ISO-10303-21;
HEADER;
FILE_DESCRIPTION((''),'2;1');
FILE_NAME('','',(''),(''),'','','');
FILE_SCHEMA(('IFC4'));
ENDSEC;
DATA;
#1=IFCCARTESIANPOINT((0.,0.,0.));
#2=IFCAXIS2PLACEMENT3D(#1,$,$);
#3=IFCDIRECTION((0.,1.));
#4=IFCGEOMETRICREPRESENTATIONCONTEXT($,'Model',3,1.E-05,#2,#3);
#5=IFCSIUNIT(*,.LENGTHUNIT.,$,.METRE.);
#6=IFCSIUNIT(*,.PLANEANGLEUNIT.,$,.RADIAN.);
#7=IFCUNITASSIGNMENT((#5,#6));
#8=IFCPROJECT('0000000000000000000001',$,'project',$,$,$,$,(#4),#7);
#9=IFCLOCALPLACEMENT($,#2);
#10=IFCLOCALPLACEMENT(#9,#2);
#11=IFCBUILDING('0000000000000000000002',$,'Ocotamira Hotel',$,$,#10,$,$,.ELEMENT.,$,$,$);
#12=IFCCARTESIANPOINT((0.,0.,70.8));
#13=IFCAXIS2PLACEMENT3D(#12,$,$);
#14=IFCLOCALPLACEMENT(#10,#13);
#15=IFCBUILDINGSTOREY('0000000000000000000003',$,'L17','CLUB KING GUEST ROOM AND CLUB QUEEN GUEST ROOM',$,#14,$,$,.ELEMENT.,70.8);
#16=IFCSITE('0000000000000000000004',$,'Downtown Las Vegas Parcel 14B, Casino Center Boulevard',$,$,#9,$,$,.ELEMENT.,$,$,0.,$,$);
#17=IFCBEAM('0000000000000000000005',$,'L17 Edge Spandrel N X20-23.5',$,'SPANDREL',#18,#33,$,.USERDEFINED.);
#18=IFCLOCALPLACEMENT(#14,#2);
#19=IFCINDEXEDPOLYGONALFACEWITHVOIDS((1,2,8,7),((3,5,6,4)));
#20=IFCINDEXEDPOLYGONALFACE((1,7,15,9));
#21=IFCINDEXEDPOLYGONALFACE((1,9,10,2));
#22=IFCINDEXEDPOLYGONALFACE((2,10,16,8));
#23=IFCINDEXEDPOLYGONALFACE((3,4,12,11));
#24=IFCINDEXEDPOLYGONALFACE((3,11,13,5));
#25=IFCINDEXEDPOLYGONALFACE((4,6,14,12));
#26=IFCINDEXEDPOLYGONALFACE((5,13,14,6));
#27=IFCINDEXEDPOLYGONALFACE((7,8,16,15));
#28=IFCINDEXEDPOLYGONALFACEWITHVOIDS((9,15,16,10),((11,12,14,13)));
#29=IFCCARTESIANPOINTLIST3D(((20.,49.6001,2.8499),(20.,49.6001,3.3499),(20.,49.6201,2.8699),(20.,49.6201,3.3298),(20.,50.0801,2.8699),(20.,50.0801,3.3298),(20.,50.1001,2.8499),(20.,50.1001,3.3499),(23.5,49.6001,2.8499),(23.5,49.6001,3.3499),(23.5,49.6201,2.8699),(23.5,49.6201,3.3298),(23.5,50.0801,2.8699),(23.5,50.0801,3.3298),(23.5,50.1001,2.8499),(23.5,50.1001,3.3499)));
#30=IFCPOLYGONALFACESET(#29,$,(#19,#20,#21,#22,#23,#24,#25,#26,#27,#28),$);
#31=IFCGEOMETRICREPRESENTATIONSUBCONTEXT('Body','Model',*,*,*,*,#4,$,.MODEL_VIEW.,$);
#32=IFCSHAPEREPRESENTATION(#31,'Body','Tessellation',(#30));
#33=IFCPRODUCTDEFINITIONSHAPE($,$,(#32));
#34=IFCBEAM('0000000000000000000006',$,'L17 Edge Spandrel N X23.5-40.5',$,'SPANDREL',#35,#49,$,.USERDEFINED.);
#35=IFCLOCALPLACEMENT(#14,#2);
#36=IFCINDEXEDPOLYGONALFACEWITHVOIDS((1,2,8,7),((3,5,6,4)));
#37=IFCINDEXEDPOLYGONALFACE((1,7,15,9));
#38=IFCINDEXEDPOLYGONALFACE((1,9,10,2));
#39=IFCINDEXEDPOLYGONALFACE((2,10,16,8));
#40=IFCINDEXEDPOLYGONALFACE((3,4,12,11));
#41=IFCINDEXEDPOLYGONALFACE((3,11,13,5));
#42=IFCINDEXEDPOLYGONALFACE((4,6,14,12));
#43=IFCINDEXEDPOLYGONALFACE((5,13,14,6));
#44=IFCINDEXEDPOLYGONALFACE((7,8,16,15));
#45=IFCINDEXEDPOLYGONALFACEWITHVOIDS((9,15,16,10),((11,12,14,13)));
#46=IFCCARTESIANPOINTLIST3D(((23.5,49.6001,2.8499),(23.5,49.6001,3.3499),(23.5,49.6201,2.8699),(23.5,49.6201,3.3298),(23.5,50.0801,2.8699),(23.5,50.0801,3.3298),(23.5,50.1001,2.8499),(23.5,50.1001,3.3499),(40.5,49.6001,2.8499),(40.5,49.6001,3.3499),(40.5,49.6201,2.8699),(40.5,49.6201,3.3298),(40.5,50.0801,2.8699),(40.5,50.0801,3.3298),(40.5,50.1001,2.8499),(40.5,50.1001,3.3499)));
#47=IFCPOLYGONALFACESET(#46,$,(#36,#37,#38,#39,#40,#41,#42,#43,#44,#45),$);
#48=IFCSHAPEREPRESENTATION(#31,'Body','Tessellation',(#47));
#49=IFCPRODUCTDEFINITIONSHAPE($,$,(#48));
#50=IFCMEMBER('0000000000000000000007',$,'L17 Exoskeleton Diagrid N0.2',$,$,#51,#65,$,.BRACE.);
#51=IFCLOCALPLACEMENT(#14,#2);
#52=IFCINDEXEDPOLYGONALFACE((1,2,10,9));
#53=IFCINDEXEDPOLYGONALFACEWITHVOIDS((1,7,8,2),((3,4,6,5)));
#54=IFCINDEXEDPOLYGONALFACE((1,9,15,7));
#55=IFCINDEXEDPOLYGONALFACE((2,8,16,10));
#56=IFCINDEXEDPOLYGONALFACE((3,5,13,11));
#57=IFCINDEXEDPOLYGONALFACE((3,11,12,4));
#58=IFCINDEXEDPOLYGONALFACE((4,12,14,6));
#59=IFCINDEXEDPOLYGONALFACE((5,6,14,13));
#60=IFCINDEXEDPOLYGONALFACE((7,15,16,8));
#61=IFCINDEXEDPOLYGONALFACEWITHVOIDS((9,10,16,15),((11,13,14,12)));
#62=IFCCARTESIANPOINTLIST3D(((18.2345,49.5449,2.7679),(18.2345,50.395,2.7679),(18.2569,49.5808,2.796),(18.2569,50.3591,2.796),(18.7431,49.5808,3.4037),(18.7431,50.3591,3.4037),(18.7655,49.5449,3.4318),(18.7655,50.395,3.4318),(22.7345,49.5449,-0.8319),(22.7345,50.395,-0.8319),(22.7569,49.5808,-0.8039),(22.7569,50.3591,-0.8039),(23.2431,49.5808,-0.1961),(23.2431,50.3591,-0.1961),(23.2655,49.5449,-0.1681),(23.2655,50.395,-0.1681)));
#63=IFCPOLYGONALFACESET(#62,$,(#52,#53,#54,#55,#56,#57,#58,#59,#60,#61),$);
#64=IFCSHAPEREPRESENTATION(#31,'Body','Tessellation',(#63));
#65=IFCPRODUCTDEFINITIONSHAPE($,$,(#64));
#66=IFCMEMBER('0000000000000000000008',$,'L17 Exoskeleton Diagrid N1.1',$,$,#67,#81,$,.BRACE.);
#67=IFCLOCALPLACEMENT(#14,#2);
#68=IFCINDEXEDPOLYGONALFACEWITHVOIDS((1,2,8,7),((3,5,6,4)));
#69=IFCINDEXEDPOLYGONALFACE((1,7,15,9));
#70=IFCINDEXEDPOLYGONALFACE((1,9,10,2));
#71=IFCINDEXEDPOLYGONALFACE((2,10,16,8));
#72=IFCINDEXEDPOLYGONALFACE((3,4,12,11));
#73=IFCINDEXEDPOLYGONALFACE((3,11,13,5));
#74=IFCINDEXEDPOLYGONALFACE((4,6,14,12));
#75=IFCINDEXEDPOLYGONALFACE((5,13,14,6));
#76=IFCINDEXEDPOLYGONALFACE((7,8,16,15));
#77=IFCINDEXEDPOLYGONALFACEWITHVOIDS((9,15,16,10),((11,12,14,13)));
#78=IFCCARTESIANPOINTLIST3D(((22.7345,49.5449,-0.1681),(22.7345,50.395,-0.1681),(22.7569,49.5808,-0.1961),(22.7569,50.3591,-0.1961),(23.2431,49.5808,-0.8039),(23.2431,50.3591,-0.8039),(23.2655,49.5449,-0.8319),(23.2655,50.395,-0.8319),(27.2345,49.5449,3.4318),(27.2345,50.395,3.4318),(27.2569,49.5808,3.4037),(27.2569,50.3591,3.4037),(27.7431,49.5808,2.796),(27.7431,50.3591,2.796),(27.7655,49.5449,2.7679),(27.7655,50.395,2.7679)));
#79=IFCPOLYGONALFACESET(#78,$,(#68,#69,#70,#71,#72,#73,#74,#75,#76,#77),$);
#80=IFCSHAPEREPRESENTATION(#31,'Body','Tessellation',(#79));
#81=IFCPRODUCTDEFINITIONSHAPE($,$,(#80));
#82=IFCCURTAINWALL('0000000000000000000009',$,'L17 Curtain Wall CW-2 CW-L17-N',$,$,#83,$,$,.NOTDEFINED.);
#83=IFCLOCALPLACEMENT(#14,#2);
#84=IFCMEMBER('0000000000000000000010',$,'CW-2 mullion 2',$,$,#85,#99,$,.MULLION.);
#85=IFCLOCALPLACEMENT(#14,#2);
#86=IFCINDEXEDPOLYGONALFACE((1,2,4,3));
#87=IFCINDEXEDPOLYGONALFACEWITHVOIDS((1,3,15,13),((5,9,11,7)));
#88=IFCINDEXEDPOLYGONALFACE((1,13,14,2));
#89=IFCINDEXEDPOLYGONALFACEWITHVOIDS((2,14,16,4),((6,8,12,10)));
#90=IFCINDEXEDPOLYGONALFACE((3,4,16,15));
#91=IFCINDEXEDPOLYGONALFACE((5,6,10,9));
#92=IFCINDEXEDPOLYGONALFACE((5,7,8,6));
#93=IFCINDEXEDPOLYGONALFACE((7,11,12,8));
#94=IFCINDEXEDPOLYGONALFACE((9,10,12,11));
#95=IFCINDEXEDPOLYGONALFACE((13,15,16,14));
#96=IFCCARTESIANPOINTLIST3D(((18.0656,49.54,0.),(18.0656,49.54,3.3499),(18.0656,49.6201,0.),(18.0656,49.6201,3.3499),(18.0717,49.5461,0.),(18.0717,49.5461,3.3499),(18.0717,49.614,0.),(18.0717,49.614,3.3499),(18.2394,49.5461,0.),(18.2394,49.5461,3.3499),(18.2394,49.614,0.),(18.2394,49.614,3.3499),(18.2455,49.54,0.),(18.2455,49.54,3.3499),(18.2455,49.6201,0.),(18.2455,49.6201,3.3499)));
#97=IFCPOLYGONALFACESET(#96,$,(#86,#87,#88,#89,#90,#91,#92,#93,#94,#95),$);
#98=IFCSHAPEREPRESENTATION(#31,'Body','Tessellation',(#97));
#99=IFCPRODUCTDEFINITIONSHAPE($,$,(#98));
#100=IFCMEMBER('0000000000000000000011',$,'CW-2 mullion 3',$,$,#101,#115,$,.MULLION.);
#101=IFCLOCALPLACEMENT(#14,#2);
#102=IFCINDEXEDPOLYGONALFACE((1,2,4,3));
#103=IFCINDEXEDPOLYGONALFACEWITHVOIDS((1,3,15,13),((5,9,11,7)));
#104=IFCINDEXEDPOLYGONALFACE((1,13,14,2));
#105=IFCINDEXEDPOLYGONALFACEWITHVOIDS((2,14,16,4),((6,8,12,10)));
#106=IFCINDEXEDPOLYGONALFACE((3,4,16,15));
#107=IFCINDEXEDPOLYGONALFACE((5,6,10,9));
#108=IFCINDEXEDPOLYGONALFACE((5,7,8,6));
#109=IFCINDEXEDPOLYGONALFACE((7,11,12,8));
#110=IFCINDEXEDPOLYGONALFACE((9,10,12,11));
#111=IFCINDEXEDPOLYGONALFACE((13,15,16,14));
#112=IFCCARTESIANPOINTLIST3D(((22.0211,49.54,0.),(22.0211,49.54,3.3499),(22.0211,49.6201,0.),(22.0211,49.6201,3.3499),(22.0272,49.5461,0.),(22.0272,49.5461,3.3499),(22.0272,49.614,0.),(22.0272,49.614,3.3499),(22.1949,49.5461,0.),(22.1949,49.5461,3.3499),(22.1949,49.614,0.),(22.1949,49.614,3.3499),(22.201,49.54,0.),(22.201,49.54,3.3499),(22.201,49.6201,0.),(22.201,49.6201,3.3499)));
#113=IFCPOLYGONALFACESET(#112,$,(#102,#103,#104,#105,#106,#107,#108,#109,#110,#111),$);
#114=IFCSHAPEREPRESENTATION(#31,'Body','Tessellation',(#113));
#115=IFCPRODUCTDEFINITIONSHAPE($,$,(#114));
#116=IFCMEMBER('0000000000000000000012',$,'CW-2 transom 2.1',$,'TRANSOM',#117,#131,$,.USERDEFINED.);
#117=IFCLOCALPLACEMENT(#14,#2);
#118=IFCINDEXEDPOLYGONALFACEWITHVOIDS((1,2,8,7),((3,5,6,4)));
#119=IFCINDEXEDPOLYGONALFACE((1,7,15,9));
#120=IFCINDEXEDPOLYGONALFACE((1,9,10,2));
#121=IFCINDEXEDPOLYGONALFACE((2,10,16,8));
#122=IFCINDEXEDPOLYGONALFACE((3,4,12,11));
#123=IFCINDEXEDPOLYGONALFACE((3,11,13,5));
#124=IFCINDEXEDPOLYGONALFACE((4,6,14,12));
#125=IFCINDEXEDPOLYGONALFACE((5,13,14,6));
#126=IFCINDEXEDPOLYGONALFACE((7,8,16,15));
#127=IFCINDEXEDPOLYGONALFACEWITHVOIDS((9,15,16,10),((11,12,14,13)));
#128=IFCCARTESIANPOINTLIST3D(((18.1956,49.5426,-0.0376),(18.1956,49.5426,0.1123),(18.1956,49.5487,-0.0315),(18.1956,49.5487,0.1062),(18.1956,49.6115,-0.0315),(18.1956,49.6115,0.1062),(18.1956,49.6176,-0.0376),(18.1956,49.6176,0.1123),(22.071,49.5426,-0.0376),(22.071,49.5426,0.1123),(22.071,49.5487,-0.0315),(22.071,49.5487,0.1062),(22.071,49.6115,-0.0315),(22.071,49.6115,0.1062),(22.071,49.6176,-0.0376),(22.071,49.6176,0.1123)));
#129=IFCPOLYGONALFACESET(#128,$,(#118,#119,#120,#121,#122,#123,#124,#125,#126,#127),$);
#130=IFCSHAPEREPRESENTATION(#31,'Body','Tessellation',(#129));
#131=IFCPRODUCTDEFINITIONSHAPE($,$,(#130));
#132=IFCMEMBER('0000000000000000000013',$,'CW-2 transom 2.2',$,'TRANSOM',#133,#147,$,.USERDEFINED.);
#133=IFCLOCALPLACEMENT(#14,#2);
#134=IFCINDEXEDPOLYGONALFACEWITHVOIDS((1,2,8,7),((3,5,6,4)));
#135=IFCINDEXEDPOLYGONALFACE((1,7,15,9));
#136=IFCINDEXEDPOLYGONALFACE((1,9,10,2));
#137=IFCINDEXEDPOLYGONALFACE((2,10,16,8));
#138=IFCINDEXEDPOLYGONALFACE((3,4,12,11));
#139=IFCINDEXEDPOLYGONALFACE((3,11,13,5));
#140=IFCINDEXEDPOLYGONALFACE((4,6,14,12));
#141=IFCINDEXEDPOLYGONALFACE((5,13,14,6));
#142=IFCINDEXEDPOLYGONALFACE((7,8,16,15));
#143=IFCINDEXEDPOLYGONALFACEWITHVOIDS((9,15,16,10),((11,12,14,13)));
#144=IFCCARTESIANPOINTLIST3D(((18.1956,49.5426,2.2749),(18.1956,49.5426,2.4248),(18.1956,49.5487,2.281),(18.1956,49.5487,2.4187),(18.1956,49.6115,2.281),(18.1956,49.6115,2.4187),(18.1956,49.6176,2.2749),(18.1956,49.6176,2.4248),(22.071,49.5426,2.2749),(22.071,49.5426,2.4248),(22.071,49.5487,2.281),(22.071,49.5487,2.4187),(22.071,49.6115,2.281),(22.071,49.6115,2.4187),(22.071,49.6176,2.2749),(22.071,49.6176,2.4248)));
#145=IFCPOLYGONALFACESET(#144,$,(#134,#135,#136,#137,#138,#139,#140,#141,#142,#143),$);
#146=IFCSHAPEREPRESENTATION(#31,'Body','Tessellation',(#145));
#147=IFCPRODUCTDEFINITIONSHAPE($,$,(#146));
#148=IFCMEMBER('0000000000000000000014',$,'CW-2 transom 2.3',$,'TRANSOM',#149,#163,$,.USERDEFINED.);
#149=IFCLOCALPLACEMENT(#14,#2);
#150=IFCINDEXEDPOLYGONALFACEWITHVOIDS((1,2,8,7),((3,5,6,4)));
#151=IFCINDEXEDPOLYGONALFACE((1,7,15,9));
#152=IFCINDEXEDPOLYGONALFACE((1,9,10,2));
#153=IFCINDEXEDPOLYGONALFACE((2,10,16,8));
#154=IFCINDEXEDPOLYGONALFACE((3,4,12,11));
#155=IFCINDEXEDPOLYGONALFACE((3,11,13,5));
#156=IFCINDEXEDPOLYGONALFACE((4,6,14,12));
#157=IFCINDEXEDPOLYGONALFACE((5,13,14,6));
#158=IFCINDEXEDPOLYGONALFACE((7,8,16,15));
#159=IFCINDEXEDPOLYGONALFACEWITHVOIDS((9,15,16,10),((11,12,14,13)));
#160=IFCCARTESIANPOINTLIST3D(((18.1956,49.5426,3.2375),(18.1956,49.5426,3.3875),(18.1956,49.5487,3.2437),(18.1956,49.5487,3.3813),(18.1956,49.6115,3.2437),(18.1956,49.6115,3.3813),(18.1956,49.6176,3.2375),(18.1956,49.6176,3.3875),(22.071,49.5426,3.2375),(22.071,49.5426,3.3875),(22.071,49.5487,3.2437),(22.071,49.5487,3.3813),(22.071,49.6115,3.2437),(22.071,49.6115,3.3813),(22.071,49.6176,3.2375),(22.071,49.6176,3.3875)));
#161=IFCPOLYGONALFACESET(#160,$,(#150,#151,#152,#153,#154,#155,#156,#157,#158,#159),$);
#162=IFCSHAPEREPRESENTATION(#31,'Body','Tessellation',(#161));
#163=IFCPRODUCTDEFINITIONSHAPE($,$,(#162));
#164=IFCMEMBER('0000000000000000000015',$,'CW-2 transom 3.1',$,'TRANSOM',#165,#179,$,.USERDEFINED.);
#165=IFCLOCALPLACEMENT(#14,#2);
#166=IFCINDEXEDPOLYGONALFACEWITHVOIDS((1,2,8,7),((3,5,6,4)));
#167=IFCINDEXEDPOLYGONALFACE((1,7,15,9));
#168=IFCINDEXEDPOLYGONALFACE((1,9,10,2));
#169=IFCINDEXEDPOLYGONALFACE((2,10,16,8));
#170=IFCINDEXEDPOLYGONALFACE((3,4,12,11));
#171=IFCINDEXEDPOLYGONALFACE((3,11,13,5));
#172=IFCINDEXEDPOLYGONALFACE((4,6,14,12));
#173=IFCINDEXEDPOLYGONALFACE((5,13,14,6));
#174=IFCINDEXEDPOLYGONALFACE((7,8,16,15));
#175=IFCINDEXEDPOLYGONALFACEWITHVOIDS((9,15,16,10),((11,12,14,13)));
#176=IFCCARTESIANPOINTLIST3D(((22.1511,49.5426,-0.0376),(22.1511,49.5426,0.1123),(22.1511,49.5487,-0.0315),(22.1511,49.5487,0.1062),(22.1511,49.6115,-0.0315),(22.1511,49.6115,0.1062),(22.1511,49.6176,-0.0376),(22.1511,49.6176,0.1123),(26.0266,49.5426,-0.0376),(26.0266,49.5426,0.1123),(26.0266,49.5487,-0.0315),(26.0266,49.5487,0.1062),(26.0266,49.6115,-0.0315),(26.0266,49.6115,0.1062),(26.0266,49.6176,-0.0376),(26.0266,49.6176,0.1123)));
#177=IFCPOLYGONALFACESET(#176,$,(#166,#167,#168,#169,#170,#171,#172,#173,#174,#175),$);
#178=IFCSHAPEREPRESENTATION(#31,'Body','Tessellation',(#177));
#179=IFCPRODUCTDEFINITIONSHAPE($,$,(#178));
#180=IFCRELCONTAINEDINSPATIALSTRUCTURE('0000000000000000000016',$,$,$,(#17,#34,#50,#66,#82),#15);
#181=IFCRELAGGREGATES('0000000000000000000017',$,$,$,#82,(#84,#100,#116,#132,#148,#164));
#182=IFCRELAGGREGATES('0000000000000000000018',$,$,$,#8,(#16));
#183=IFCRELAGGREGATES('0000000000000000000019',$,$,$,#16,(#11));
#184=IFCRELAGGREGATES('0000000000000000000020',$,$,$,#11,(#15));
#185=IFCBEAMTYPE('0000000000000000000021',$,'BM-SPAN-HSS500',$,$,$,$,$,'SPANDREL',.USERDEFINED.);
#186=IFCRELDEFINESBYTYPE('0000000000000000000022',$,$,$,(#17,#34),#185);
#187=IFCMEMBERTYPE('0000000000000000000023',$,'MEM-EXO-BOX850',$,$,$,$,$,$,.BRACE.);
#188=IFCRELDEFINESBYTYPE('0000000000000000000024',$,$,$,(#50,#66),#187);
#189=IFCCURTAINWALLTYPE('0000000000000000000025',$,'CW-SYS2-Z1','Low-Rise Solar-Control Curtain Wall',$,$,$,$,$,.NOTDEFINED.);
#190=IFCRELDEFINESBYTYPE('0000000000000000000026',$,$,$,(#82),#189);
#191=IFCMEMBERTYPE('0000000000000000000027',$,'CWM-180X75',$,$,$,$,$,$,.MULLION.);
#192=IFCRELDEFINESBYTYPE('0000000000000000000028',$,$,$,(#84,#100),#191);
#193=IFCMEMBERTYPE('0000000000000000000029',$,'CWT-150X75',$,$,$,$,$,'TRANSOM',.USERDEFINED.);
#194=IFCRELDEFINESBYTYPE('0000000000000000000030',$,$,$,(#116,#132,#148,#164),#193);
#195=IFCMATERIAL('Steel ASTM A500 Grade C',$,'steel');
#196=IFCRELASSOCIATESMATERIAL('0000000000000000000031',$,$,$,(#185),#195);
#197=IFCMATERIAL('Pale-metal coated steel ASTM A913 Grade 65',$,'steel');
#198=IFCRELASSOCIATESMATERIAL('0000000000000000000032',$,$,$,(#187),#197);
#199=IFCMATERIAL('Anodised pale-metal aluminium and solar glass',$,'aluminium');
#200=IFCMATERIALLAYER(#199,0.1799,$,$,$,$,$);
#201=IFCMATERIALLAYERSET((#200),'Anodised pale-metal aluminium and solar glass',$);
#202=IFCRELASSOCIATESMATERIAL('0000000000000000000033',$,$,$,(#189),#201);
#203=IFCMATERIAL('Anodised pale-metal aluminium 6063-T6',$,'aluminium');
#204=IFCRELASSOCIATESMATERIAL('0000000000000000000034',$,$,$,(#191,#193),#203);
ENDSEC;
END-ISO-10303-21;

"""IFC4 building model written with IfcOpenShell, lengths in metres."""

from ifc_helpers import new_model, si_unit, direction, frame, origin, origin_2d, place, context, subcontext, project, spatial, hollow_rectangle, extrude, source, transform, mapped, material, layer, layer_set, material_profile, profile_set, type_object, element, aggregate, save


model = new_model("IFC4")

# Units and contexts
model_context = context("Model", 3, precision=1e-05, world=origin(), true_north=direction((0.0, 1.0)))
body_context = subcontext(model_context, "Body", "Model", "MODEL_VIEW")
ifc_project = project(units=[si_unit("LENGTHUNIT", "METRE"), si_unit("PLANEANGLEUNIT", "RADIAN")], contexts=[model_context])

# Site, building, storey
site_placement = place(None, origin())
site = spatial("IfcSite", under=ifc_project, at=site_placement, Name="Downtown Las Vegas Parcel 14B, Casino Center Boulevard", CompositionType="ELEMENT", RefElevation=0.0)
building_placement = place(site_placement, origin())
building = spatial("IfcBuilding", under=site, at=building_placement, Name="Ocotamira Hotel", CompositionType="ELEMENT")
storey_placement = place(building_placement, frame((0.0, 0.0, 70.8)))
storey = spatial("IfcBuildingStorey", under=building, at=storey_placement, Name="L17", Description="CLUB KING GUEST ROOM AND CLUB QUEEN GUEST ROOM", CompositionType="ELEMENT", Elevation=70.8)

# Beams
ifc_material_1 = material(Name="Steel ASTM A500 Grade C", Category="steel")
ifc_material_profile_1 = material_profile(ifc_material_1, hollow_rectangle(XDim=0.5, YDim=0.5, WallThickness=0.02, at=origin_2d()), Name="HSS500X500X20")
ifc_profile_set_1 = profile_set([ifc_material_profile_1], Name="Steel ASTM A500 Grade C")
beam_type_1 = type_object("IfcBeamType", Name="BM-SPAN-HSS500", ElementType="SPANDREL", PredefinedType="USERDEFINED", material=ifc_profile_set_1)
shared_shape_1 = source(origin(), body_context, "Body", "SweptSolid", [
    extrude(hollow_rectangle(XDim=0.5, YDim=0.5, WallThickness=0.02, at=origin_2d()), origin(), (0.0, 0.0, 1.0), 3.5),
])
beam_1_placement = place(storey_placement, frame((20.0, 49.8501, 3.0999), z_axis=(1.0, 0.0, 0.0), x_axis=(0.0, 1.0, 0.0)))
element("IfcBeam", 1, at=beam_1_placement, inside=storey, type_object=beam_type_1, Name="L17 Edge Spandrel N X20-23.5", ObjectType="SPANDREL", PredefinedType="USERDEFINED", context=body_context, shape_type="MappedRepresentation", body=[
    mapped(shared_shape_1, transform((0.0, 0.0, 0.0), scale=1.0)),
])
shared_shape_2 = source(origin(), body_context, "Body", "SweptSolid", [
    extrude(hollow_rectangle(XDim=0.5, YDim=0.5, WallThickness=0.02, at=origin_2d()), origin(), (0.0, 0.0, 1.0), 17.0),
])
beam_2_placement = place(storey_placement, frame((23.5, 49.8501, 3.0999), z_axis=(1.0, 0.0, 0.0), x_axis=(0.0, 1.0, 0.0)))
element("IfcBeam", 2, at=beam_2_placement, inside=storey, type_object=beam_type_1, Name="L17 Edge Spandrel N X23.5-40.5", ObjectType="SPANDREL", PredefinedType="USERDEFINED", context=body_context, shape_type="MappedRepresentation", body=[
    mapped(shared_shape_2, transform((0.0, 0.0, 0.0), scale=1.0)),
])

# Members
ifc_material_2 = material(Name="Pale-metal coated steel ASTM A913 Grade 65", Category="steel")
ifc_material_profile_2 = material_profile(ifc_material_2, hollow_rectangle(XDim=0.8501, YDim=0.8501, WallThickness=0.0359, at=origin_2d()), Name="BOX850X850X36")
ifc_profile_set_2 = profile_set([ifc_material_profile_2], Name="Pale-metal coated steel ASTM A913 Grade 65")
member_type_1 = type_object("IfcMemberType", Name="MEM-EXO-BOX850", PredefinedType="BRACE", material=ifc_profile_set_2)
shared_shape_3 = source(origin(), body_context, "Body", "SweptSolid", [
    extrude(hollow_rectangle(XDim=0.8501, YDim=0.8501, WallThickness=0.0359, at=origin_2d()), origin(), (0.0, 0.0, 1.0), 5.7627),
])
for number, where, z_axis, x_axis, name in (
    (3, (23.0, 49.97, -0.5), (-0.780881, 0.0, 0.62468), (0.0, -1.0, 0.0), "L17 Exoskeleton Diagrid N0.2"),
    (4, (23.0, 49.97, -0.5), (0.780881, 0.0, 0.62468), (0.0, 1.0, 0.0), "L17 Exoskeleton Diagrid N1.1"),
):
    element("IfcMember", number, at=place(storey_placement, frame(where, z_axis=z_axis, x_axis=x_axis)), inside=storey, type_object=member_type_1, Name=name, PredefinedType="BRACE", context=body_context, shape_type="MappedRepresentation", body=[
        mapped(shared_shape_3, transform((0.0, 0.0, 0.0), scale=1.0)),
    ])

# Curtain wall, members
ifc_material_3 = material(Name="Anodised pale-metal aluminium and solar glass", Category="aluminium")
ifc_layer_1 = layer(ifc_material_3, 0.1799)
ifc_layer_set_1 = layer_set([ifc_layer_1], Name="Anodised pale-metal aluminium and solar glass")
curtain_wall_type = type_object("IfcCurtainWallType", Name="CW-SYS2-Z1", Description="Low-Rise Solar-Control Curtain Wall", PredefinedType="NOTDEFINED", material=ifc_layer_set_1)
curtain_wall_placement = place(storey_placement, origin())
curtain_wall = element("IfcCurtainWall", 5, at=curtain_wall_placement, inside=storey, type_object=curtain_wall_type, Name="L17 Curtain Wall CW-2 CW-L17-N", PredefinedType="NOTDEFINED")
ifc_material_4 = material(Name="Anodised pale-metal aluminium 6063-T6", Category="aluminium")
ifc_material_profile_3 = material_profile(ifc_material_4, hollow_rectangle(XDim=0.0801, YDim=0.1799, WallThickness=0.0061, at=origin_2d()), Name="HSS180X80X6")
ifc_profile_set_3 = profile_set([ifc_material_profile_3], Name="Anodised pale-metal aluminium 6063-T6")
member_type_2 = type_object("IfcMemberType", Name="CWM-180X75", PredefinedType="MULLION", material=ifc_profile_set_3)
shared_shape_4 = source(origin(), body_context, "Body", "SweptSolid", [
    extrude(hollow_rectangle(XDim=0.0801, YDim=0.1799, WallThickness=0.0061, at=origin_2d()), origin(), (0.0, 0.0, 1.0), 3.3499),
])
member_1_placement = place(storey_placement, frame((18.1555, 49.5801, 0.0), z_axis=(0.0, 0.0, 1.0), x_axis=(0.0, 1.0, 0.0)))
member_1 = element("IfcMember", 6, at=member_1_placement, type_object=member_type_2, Name="CW-2 mullion 2", PredefinedType="MULLION", context=body_context, shape_type="MappedRepresentation", body=[
    mapped(shared_shape_4, transform((0.0, 0.0, 0.0), scale=1.0)),
])
member_2_placement = place(storey_placement, frame((22.1111, 49.5801, 0.0), z_axis=(0.0, 0.0, 1.0), x_axis=(0.0, 1.0, 0.0)))
member_2 = element("IfcMember", 7, at=member_2_placement, type_object=member_type_2, Name="CW-2 mullion 3", PredefinedType="MULLION", context=body_context, shape_type="MappedRepresentation", body=[
    mapped(shared_shape_4, transform((0.0, 0.0, 0.0), scale=1.0)),
])
ifc_material_profile_4 = material_profile(ifc_material_4, hollow_rectangle(XDim=0.075, YDim=0.1499, WallThickness=0.0061, at=origin_2d()), Name="HSS150X75X6")
ifc_profile_set_4 = profile_set([ifc_material_profile_4], Name="Anodised pale-metal aluminium 6063-T6")
member_type_3 = type_object("IfcMemberType", Name="CWT-150X75", ElementType="TRANSOM", PredefinedType="USERDEFINED", material=ifc_profile_set_4)
shared_shape_5 = source(origin(), body_context, "Body", "SweptSolid", [
    extrude(hollow_rectangle(XDim=0.075, YDim=0.1499, WallThickness=0.0061, at=origin_2d()), origin(), (0.0, 0.0, 1.0), 3.8755),
])
member_3_placement = place(storey_placement, frame((18.1956, 49.5801, 0.0374), z_axis=(1.0, 0.0, 0.0), x_axis=(0.0, 1.0, 0.0)))
member_3 = element("IfcMember", 8, at=member_3_placement, type_object=member_type_3, Name="CW-2 transom 2.1", ObjectType="TRANSOM", PredefinedType="USERDEFINED", context=body_context, shape_type="MappedRepresentation", body=[
    mapped(shared_shape_5, transform((0.0, 0.0, 0.0), scale=1.0)),
])
member_4_placement = place(storey_placement, frame((18.1956, 49.5801, 2.3499), z_axis=(1.0, 0.0, 0.0), x_axis=(0.0, 1.0, 0.0)))
member_4 = element("IfcMember", 9, at=member_4_placement, type_object=member_type_3, Name="CW-2 transom 2.2", ObjectType="TRANSOM", PredefinedType="USERDEFINED", context=body_context, shape_type="MappedRepresentation", body=[
    mapped(shared_shape_5, transform((0.0, 0.0, 0.0), scale=1.0)),
])
member_5_placement = place(storey_placement, frame((18.1956, 49.5801, 3.3125), z_axis=(1.0, 0.0, 0.0), x_axis=(0.0, 1.0, 0.0)))
member_5 = element("IfcMember", 10, at=member_5_placement, type_object=member_type_3, Name="CW-2 transom 2.3", ObjectType="TRANSOM", PredefinedType="USERDEFINED", context=body_context, shape_type="MappedRepresentation", body=[
    mapped(shared_shape_5, transform((0.0, 0.0, 0.0), scale=1.0)),
])
member_6_placement = place(storey_placement, frame((22.1511, 49.5801, 0.0374), z_axis=(1.0, 0.0, 0.0), x_axis=(0.0, 1.0, 0.0)))
member_6 = element("IfcMember", 11, at=member_6_placement, type_object=member_type_3, Name="CW-2 transom 3.1", ObjectType="TRANSOM", PredefinedType="USERDEFINED", context=body_context, shape_type="MappedRepresentation", body=[
    mapped(shared_shape_5, transform((0.0, 0.0, 0.0), scale=1.0)),
])

aggregate(curtain_wall, [member_1, member_2, member_3, member_4, member_5, member_6])

save(model, "model.ifc")
